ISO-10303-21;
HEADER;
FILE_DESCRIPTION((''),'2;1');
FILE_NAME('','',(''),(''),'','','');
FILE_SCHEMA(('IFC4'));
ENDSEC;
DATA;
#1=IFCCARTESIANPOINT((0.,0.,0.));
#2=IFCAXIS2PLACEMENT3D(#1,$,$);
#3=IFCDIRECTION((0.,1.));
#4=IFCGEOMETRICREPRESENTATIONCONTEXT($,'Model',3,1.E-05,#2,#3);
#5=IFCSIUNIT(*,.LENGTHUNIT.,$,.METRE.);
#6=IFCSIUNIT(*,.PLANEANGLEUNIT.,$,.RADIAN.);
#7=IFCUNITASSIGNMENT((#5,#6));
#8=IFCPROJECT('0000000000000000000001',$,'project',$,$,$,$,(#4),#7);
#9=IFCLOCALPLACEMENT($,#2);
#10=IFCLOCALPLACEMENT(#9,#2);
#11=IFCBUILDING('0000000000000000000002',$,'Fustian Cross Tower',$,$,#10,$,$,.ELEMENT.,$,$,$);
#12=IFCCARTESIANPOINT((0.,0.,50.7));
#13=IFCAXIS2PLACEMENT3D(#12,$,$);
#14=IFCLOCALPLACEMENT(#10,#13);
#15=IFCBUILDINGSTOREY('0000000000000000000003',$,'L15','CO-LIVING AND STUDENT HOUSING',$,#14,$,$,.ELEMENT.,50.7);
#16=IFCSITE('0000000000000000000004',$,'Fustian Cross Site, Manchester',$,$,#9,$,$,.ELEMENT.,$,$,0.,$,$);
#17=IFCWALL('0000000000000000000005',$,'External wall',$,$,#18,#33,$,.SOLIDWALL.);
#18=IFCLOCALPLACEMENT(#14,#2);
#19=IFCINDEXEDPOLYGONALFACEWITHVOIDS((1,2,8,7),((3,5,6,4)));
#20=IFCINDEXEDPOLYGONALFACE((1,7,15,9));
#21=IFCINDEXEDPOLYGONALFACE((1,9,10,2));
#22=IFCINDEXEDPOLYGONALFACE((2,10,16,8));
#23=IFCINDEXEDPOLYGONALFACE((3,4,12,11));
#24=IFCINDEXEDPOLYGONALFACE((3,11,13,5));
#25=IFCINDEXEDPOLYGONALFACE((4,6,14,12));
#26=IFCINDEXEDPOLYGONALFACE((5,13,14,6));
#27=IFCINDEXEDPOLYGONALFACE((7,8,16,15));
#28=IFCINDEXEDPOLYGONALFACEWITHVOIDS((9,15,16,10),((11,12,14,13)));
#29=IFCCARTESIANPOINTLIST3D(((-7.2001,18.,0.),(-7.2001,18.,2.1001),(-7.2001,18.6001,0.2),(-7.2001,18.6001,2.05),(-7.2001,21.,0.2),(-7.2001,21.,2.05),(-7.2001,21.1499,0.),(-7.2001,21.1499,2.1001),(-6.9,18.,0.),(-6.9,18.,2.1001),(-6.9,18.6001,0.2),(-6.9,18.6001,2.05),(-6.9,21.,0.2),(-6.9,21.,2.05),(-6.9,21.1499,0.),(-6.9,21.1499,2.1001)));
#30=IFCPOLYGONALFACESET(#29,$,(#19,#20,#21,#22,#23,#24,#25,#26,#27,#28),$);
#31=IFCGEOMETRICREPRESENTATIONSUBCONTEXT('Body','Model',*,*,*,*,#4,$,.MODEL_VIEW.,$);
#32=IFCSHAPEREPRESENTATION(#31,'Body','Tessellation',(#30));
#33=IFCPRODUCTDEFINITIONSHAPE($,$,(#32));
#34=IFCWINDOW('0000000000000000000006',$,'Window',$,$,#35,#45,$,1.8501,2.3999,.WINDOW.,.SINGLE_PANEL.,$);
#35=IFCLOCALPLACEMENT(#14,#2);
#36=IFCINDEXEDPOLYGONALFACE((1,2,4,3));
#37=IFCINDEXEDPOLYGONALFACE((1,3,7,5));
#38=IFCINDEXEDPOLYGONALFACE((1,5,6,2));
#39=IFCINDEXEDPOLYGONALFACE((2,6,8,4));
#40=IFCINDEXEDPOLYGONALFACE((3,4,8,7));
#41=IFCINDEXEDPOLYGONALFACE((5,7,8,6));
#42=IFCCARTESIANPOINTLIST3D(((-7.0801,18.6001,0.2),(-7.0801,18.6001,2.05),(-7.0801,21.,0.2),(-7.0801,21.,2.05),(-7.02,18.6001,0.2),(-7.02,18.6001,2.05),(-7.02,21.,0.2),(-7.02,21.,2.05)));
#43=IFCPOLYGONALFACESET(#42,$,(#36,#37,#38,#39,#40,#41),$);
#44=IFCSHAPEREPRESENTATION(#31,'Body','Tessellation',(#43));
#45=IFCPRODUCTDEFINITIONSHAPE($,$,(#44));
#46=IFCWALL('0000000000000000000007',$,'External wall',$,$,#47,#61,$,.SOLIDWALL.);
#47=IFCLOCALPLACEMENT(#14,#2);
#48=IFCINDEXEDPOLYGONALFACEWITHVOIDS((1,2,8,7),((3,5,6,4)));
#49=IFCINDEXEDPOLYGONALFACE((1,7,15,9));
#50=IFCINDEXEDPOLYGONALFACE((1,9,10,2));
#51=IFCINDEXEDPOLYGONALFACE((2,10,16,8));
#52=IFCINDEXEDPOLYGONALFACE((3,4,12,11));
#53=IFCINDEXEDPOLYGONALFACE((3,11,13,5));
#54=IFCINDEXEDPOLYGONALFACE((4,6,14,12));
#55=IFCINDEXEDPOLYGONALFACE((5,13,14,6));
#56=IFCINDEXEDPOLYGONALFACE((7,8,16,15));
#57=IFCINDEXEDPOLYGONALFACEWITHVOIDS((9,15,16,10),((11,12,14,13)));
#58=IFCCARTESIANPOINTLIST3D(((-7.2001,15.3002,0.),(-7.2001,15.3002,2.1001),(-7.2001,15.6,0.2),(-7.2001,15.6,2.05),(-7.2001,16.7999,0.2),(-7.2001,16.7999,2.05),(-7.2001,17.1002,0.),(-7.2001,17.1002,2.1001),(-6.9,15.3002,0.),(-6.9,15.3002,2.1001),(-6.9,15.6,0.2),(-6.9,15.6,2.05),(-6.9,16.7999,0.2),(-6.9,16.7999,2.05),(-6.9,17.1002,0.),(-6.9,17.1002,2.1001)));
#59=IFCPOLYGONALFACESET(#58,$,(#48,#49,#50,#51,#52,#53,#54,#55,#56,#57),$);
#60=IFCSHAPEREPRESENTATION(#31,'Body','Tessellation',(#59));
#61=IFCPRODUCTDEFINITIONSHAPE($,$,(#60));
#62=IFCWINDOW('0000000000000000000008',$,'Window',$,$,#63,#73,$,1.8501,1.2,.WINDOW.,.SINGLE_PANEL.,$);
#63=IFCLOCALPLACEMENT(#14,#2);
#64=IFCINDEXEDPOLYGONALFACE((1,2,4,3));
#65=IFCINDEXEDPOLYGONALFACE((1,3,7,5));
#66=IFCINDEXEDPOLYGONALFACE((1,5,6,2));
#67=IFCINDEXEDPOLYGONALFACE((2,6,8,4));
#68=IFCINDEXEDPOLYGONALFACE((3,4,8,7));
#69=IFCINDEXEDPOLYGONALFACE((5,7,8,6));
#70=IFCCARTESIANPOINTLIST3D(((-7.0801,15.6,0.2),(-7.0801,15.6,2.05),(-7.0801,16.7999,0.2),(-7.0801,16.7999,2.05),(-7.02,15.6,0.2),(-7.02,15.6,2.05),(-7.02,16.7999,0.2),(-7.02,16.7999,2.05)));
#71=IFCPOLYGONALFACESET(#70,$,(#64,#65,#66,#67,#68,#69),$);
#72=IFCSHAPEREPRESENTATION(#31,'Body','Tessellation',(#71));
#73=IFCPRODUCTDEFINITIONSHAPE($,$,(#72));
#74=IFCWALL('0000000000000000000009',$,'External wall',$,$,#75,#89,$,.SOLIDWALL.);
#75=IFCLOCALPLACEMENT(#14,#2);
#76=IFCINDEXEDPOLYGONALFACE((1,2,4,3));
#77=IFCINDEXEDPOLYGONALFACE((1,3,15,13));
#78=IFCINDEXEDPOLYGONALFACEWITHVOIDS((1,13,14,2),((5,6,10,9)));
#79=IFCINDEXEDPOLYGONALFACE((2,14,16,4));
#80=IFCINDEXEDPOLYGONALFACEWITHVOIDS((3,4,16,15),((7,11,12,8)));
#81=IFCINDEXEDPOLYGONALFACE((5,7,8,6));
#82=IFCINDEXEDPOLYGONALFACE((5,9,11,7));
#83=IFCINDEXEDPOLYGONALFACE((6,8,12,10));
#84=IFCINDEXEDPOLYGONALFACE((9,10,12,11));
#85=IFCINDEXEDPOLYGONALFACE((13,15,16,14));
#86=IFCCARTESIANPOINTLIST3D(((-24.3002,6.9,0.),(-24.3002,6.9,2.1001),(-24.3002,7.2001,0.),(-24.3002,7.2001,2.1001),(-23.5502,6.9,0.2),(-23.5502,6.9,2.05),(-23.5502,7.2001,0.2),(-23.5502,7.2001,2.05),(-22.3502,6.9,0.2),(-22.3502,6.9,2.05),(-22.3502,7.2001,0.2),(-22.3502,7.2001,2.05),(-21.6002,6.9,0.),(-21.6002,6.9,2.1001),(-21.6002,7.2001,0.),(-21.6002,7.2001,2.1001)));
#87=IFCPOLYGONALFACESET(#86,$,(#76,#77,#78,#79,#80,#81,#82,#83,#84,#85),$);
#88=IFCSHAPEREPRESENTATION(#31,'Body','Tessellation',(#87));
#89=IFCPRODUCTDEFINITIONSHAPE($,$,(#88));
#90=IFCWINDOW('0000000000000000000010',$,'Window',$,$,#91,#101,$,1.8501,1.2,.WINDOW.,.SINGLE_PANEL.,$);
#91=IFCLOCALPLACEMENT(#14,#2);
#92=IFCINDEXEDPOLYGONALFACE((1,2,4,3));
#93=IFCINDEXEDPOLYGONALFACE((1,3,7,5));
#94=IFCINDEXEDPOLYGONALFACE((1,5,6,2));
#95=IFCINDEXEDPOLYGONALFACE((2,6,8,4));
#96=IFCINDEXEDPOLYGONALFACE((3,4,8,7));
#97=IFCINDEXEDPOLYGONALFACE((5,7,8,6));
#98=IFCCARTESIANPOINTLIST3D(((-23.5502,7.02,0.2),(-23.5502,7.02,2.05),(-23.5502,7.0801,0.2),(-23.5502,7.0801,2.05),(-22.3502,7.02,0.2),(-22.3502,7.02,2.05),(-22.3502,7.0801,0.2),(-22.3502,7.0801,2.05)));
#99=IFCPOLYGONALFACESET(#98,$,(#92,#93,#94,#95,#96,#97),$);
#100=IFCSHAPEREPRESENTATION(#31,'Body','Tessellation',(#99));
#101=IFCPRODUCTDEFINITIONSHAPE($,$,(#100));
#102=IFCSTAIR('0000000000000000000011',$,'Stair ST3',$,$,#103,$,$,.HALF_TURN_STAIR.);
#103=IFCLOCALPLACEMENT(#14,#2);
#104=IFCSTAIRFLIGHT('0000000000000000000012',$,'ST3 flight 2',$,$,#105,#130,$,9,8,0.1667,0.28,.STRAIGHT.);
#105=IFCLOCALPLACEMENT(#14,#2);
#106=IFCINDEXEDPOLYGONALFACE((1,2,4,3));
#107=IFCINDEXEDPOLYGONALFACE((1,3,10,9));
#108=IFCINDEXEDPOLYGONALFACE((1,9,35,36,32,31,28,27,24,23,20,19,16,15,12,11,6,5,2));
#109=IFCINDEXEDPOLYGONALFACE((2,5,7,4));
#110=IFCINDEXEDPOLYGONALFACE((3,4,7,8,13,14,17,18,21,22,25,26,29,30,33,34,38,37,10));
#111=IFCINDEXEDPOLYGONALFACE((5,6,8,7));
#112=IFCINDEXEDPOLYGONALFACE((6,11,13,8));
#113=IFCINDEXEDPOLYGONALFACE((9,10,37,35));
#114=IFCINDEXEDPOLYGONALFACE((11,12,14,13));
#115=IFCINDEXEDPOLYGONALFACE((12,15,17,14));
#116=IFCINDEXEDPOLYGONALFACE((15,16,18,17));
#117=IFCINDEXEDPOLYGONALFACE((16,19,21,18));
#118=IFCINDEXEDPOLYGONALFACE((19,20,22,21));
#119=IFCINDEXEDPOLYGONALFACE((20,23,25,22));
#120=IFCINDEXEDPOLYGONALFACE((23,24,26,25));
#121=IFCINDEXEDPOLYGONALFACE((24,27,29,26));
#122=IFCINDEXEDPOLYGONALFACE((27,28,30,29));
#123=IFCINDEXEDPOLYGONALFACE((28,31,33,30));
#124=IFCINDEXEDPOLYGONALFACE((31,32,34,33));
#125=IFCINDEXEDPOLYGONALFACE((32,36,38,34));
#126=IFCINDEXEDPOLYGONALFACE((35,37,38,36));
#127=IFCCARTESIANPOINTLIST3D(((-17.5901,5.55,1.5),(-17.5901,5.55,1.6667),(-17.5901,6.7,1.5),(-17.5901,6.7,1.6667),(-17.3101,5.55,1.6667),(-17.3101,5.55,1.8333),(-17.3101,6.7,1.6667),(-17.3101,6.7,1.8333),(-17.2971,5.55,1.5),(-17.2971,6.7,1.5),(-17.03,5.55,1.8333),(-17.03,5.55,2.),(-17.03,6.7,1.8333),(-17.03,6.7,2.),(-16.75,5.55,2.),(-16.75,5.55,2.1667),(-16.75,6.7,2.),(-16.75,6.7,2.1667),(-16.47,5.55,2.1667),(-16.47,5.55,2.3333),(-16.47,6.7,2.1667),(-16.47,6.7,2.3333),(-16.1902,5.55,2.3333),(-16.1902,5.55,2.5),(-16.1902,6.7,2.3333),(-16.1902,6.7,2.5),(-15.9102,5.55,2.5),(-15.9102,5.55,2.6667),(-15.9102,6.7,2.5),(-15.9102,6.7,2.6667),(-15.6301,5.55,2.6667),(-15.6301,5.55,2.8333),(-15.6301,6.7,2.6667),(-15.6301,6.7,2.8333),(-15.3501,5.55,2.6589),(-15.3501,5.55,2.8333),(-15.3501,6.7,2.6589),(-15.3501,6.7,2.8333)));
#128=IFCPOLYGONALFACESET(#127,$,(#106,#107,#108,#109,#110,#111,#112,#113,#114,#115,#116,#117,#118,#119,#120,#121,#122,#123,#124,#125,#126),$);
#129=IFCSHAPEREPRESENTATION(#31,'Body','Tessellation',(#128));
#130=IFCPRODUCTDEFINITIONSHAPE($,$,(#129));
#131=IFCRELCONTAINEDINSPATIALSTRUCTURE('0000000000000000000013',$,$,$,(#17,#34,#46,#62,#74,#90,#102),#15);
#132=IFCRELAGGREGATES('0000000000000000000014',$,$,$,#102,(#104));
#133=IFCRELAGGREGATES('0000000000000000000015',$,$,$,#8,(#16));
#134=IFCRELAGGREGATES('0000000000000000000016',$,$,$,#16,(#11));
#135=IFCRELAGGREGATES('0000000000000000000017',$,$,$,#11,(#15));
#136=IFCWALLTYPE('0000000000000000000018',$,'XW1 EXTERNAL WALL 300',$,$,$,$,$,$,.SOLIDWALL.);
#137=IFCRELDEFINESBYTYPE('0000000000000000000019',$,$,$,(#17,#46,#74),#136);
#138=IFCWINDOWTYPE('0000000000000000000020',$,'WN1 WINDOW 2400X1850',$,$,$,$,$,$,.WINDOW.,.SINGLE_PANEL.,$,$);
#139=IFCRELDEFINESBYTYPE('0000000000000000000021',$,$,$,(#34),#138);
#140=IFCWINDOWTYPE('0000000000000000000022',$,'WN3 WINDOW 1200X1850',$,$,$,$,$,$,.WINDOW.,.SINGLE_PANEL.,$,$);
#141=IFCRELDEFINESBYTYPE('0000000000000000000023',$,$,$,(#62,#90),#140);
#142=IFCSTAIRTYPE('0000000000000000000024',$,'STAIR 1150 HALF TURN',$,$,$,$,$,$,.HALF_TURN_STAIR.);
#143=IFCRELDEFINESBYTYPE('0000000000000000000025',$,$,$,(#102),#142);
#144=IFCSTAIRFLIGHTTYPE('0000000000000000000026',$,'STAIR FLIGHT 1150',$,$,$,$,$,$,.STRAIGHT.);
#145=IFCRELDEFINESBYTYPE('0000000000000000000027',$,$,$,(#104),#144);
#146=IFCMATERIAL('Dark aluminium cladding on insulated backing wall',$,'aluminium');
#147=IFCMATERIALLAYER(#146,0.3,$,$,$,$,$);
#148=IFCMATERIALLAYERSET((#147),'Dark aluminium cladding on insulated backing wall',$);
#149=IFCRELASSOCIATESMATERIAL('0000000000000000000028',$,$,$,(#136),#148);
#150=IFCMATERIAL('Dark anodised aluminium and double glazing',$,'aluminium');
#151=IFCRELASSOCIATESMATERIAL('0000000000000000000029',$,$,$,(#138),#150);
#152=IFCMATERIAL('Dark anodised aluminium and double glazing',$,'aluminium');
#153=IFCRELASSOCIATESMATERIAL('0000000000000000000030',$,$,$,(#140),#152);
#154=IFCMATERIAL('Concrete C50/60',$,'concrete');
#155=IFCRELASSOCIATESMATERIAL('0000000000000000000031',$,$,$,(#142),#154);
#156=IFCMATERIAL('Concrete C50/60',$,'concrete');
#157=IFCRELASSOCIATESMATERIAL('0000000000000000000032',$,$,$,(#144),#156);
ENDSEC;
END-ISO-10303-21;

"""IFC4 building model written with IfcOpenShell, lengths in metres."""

from ifc_helpers import new_model, si_unit, direction, frame, frame_2d, origin, place, context, subcontext, project, spatial, polyline, rectangle, outline, extrude, material, layer, layer_set, type_object, element, fill, aggregate, save


model = new_model("IFC4")

# Units and contexts
model_context = context("Model", 3, precision=1e-05, world=origin(), true_north=direction((0.0, 1.0)))
body_context = subcontext(model_context, "Body", "Model", "MODEL_VIEW")
ifc_project = project(units=[si_unit("LENGTHUNIT", "METRE"), si_unit("PLANEANGLEUNIT", "RADIAN")], contexts=[model_context])

# Site, building, storey
site_placement = place(None, origin())
site = spatial("IfcSite", under=ifc_project, at=site_placement, Name="Fustian Cross Site, Manchester", CompositionType="ELEMENT", RefElevation=0.0)
building_placement = place(site_placement, origin())
building = spatial("IfcBuilding", under=site, at=building_placement, Name="Fustian Cross Tower", CompositionType="ELEMENT")
storey_placement = place(building_placement, frame((0.0, 0.0, 50.7)))
storey = spatial("IfcBuildingStorey", under=building, at=storey_placement, Name="L15", Description="CO-LIVING AND STUDENT HOUSING", CompositionType="ELEMENT", Elevation=50.7)

# Shared definitions
ifc_material_1 = material(Name="Dark aluminium cladding on insulated backing wall", Category="aluminium")
ifc_layer_1 = layer(ifc_material_1, 0.3)
ifc_layer_set_1 = layer_set([ifc_layer_1], Name="Dark aluminium cladding on insulated backing wall")
wall_type_1 = type_object("IfcWallType", Name="XW1 EXTERNAL WALL 300", PredefinedType="SOLIDWALL", material=ifc_layer_set_1)

# Shared definitions
ifc_material_2 = material(Name="Dark anodised aluminium and double glazing", Category="aluminium")
window_type_1 = type_object("IfcWindowType", Name="WN1 WINDOW 2400X1850", PartitioningType="SINGLE_PANEL", PredefinedType="WINDOW", material=ifc_material_2)

# Walls, openings, windows
wall_1_placement = place(storey_placement, frame((-7.05, 21.1499, 0.0), z_axis=(0.0, 0.0, 1.0), x_axis=(0.0, -1.0, 0.0)))
wall_1 = element("IfcWall", 1, at=wall_1_placement, inside=storey, type_object=wall_type_1, Name="External wall", PredefinedType="SOLIDWALL", context=body_context, shape_type="SweptSolid", body=[
    extrude(rectangle(XDim=3.1499, YDim=0.3, at=frame_2d((1.575, 0.0))), origin(), (0.0, 0.0, 1.0), 2.1001),
])
opening_1_placement = place(wall_1_placement, frame((0.1499, 0.0, 0.2)))
opening_1 = element("IfcOpeningElement", 2, at=opening_1_placement, cuts=wall_1, PredefinedType="OPENING", context=body_context, shape_type="SweptSolid", body=[
    extrude(rectangle(XDim=2.3999, YDim=1.8501, at=frame_2d((1.2, 0.925))), frame((0.0, 0.1599, 0.0), z_axis=(0.0, -1.0, 0.0), x_axis=(1.0, 0.0, 0.0)), (0.0, 0.0, 1.0), 0.3201),
])
window_1_placement = place(opening_1_placement, origin())
window_1 = element("IfcWindow", 3, at=window_1_placement, inside=storey, type_object=window_type_1, Name="Window", OverallHeight=1.8501, OverallWidth=2.3999, PartitioningType="SINGLE_PANEL", PredefinedType="WINDOW", context=body_context, shape_type="SweptSolid", body=[
    extrude(rectangle(XDim=2.3999, YDim=1.8501, at=frame_2d((1.2, 0.925))), frame((0.0, 0.03, 0.0), z_axis=(0.0, -1.0, 0.0), x_axis=(1.0, 0.0, 0.0)), (0.0, 0.0, 1.0), 0.0601),
])
fill(opening_1, window_1)
wall_2_placement = place(storey_placement, frame((-7.05, 17.1001, 0.0), z_axis=(0.0, 0.0, 1.0), x_axis=(0.0, -1.0, 0.0)))
wall_2 = element("IfcWall", 4, at=wall_2_placement, inside=storey, type_object=wall_type_1, Name="External wall", PredefinedType="SOLIDWALL", context=body_context, shape_type="SweptSolid", body=[
    extrude(rectangle(XDim=1.8, YDim=0.3, at=frame_2d((0.8999, 0.0))), origin(), (0.0, 0.0, 1.0), 2.1001),
])
opening_2_placement = place(wall_2_placement, frame((0.3, 0.0, 0.2)))
opening_2 = element("IfcOpeningElement", 5, at=opening_2_placement, cuts=wall_2, PredefinedType="OPENING", context=body_context, shape_type="SweptSolid", body=[
    extrude(rectangle(XDim=1.2, YDim=1.8501, at=frame_2d((0.6001, 0.925))), frame((0.0, 0.1599, 0.0), z_axis=(0.0, -1.0, 0.0), x_axis=(1.0, 0.0, 0.0)), (0.0, 0.0, 1.0), 0.3201),
])
ifc_material_3 = material(Name="Dark anodised aluminium and double glazing", Category="aluminium")
window_type_2 = type_object("IfcWindowType", Name="WN3 WINDOW 1200X1850", PartitioningType="SINGLE_PANEL", PredefinedType="WINDOW", material=ifc_material_3)
window_2_placement = place(opening_2_placement, origin())
window_2 = element("IfcWindow", 6, at=window_2_placement, inside=storey, type_object=window_type_2, Name="Window", OverallHeight=1.8501, OverallWidth=1.2, PartitioningType="SINGLE_PANEL", PredefinedType="WINDOW", context=body_context, shape_type="SweptSolid", body=[
    extrude(rectangle(XDim=1.2, YDim=1.8501, at=frame_2d((0.6001, 0.925))), frame((0.0, 0.03, 0.0), z_axis=(0.0, -1.0, 0.0), x_axis=(1.0, 0.0, 0.0)), (0.0, 0.0, 1.0), 0.0601),
])
fill(opening_2, window_2)
wall_3_placement = place(storey_placement, frame((-21.6001, 7.05, 0.0), z_axis=(0.0, 0.0, 1.0), x_axis=(-1.0, 0.0, 0.0)))
wall_3 = element("IfcWall", 7, at=wall_3_placement, inside=storey, type_object=wall_type_1, Name="External wall", PredefinedType="SOLIDWALL", context=body_context, shape_type="SweptSolid", body=[
    extrude(rectangle(XDim=2.7, YDim=0.3, at=frame_2d((1.3501, 0.0))), origin(), (0.0, 0.0, 1.0), 2.1001),
])
opening_3_placement = place(wall_3_placement, frame((0.75, 0.0, 0.2)))
opening_3 = element("IfcOpeningElement", 8, at=opening_3_placement, cuts=wall_3, PredefinedType="OPENING", context=body_context, shape_type="SweptSolid", body=[
    extrude(rectangle(XDim=1.2, YDim=1.8501, at=frame_2d((0.6001, 0.925))), frame((0.0, 0.1599, 0.0), z_axis=(0.0, -1.0, 0.0), x_axis=(1.0, 0.0, 0.0)), (0.0, 0.0, 1.0), 0.3201),
])
window_3_placement = place(opening_3_placement, origin())
window_3 = element("IfcWindow", 9, at=window_3_placement, inside=storey, type_object=window_type_2, Name="Window", OverallHeight=1.8501, OverallWidth=1.2, PartitioningType="SINGLE_PANEL", PredefinedType="WINDOW", context=body_context, shape_type="SweptSolid", body=[
    extrude(rectangle(XDim=1.2, YDim=1.8501, at=frame_2d((0.6001, 0.925))), frame((0.0, 0.03, 0.0), z_axis=(0.0, -1.0, 0.0), x_axis=(1.0, 0.0, 0.0)), (0.0, 0.0, 1.0), 0.0601),
])
fill(opening_3, window_3)

# Stair, stair flight
ifc_material_4 = material(Name="Concrete C50/60", Category="concrete")
stair_type = type_object("IfcStairType", Name="STAIR 1150 HALF TURN", PredefinedType="HALF_TURN_STAIR", material=ifc_material_4)
stair_placement = place(storey_placement, origin())
stair = element("IfcStair", 10, at=stair_placement, inside=storey, type_object=stair_type, Name="Stair ST3", PredefinedType="HALF_TURN_STAIR")
ifc_material_5 = material(Name="Concrete C50/60", Category="concrete")
stair_flight_type = type_object("IfcStairFlightType", Name="STAIR FLIGHT 1150", PredefinedType="STRAIGHT", material=ifc_material_5)
stair_flight_placement = place(storey_placement, frame((-17.5901, 6.125, 1.5), z_axis=(0.0, 0.0, 1.0), x_axis=(1.0, 0.0, 0.0)))
stair_flight = element("IfcStairFlight", 11, at=stair_flight_placement, type_object=stair_flight_type, Name="ST3 flight 2", NumberOfRisers=9, NumberOfTreads=8, PredefinedType="STRAIGHT", RiserHeight=0.1667, TreadLength=0.28, context=body_context, shape_type="SweptSolid", body=[
    extrude(outline(polyline([(0.0, 0.0), (0.0, 0.1667), (0.28, 0.1667), (0.28, 0.3333), (0.5601, 0.3333), (0.5601, 0.5), (0.8401, 0.5), (0.8401, 0.6667), (1.1201, 0.6667), (1.1201, 0.8333), (1.3999, 0.8333), (1.3999, 1.0), (1.6799, 1.0), (1.6799, 1.1667), (1.96, 1.1667), (1.96, 1.3333), (2.24, 1.3333), (2.24, 1.5), (2.24, 1.1589), (0.293, 0.0), (0.0, 0.0)])), frame((0.0, 0.575, 0.0), z_axis=(0.0, -1.0, 0.0), x_axis=(1.0, 0.0, 0.0)), (0.0, 0.0, 1.0), 1.1499),
])
aggregate(stair, [stair_flight])

save(model, "model.ifc")
